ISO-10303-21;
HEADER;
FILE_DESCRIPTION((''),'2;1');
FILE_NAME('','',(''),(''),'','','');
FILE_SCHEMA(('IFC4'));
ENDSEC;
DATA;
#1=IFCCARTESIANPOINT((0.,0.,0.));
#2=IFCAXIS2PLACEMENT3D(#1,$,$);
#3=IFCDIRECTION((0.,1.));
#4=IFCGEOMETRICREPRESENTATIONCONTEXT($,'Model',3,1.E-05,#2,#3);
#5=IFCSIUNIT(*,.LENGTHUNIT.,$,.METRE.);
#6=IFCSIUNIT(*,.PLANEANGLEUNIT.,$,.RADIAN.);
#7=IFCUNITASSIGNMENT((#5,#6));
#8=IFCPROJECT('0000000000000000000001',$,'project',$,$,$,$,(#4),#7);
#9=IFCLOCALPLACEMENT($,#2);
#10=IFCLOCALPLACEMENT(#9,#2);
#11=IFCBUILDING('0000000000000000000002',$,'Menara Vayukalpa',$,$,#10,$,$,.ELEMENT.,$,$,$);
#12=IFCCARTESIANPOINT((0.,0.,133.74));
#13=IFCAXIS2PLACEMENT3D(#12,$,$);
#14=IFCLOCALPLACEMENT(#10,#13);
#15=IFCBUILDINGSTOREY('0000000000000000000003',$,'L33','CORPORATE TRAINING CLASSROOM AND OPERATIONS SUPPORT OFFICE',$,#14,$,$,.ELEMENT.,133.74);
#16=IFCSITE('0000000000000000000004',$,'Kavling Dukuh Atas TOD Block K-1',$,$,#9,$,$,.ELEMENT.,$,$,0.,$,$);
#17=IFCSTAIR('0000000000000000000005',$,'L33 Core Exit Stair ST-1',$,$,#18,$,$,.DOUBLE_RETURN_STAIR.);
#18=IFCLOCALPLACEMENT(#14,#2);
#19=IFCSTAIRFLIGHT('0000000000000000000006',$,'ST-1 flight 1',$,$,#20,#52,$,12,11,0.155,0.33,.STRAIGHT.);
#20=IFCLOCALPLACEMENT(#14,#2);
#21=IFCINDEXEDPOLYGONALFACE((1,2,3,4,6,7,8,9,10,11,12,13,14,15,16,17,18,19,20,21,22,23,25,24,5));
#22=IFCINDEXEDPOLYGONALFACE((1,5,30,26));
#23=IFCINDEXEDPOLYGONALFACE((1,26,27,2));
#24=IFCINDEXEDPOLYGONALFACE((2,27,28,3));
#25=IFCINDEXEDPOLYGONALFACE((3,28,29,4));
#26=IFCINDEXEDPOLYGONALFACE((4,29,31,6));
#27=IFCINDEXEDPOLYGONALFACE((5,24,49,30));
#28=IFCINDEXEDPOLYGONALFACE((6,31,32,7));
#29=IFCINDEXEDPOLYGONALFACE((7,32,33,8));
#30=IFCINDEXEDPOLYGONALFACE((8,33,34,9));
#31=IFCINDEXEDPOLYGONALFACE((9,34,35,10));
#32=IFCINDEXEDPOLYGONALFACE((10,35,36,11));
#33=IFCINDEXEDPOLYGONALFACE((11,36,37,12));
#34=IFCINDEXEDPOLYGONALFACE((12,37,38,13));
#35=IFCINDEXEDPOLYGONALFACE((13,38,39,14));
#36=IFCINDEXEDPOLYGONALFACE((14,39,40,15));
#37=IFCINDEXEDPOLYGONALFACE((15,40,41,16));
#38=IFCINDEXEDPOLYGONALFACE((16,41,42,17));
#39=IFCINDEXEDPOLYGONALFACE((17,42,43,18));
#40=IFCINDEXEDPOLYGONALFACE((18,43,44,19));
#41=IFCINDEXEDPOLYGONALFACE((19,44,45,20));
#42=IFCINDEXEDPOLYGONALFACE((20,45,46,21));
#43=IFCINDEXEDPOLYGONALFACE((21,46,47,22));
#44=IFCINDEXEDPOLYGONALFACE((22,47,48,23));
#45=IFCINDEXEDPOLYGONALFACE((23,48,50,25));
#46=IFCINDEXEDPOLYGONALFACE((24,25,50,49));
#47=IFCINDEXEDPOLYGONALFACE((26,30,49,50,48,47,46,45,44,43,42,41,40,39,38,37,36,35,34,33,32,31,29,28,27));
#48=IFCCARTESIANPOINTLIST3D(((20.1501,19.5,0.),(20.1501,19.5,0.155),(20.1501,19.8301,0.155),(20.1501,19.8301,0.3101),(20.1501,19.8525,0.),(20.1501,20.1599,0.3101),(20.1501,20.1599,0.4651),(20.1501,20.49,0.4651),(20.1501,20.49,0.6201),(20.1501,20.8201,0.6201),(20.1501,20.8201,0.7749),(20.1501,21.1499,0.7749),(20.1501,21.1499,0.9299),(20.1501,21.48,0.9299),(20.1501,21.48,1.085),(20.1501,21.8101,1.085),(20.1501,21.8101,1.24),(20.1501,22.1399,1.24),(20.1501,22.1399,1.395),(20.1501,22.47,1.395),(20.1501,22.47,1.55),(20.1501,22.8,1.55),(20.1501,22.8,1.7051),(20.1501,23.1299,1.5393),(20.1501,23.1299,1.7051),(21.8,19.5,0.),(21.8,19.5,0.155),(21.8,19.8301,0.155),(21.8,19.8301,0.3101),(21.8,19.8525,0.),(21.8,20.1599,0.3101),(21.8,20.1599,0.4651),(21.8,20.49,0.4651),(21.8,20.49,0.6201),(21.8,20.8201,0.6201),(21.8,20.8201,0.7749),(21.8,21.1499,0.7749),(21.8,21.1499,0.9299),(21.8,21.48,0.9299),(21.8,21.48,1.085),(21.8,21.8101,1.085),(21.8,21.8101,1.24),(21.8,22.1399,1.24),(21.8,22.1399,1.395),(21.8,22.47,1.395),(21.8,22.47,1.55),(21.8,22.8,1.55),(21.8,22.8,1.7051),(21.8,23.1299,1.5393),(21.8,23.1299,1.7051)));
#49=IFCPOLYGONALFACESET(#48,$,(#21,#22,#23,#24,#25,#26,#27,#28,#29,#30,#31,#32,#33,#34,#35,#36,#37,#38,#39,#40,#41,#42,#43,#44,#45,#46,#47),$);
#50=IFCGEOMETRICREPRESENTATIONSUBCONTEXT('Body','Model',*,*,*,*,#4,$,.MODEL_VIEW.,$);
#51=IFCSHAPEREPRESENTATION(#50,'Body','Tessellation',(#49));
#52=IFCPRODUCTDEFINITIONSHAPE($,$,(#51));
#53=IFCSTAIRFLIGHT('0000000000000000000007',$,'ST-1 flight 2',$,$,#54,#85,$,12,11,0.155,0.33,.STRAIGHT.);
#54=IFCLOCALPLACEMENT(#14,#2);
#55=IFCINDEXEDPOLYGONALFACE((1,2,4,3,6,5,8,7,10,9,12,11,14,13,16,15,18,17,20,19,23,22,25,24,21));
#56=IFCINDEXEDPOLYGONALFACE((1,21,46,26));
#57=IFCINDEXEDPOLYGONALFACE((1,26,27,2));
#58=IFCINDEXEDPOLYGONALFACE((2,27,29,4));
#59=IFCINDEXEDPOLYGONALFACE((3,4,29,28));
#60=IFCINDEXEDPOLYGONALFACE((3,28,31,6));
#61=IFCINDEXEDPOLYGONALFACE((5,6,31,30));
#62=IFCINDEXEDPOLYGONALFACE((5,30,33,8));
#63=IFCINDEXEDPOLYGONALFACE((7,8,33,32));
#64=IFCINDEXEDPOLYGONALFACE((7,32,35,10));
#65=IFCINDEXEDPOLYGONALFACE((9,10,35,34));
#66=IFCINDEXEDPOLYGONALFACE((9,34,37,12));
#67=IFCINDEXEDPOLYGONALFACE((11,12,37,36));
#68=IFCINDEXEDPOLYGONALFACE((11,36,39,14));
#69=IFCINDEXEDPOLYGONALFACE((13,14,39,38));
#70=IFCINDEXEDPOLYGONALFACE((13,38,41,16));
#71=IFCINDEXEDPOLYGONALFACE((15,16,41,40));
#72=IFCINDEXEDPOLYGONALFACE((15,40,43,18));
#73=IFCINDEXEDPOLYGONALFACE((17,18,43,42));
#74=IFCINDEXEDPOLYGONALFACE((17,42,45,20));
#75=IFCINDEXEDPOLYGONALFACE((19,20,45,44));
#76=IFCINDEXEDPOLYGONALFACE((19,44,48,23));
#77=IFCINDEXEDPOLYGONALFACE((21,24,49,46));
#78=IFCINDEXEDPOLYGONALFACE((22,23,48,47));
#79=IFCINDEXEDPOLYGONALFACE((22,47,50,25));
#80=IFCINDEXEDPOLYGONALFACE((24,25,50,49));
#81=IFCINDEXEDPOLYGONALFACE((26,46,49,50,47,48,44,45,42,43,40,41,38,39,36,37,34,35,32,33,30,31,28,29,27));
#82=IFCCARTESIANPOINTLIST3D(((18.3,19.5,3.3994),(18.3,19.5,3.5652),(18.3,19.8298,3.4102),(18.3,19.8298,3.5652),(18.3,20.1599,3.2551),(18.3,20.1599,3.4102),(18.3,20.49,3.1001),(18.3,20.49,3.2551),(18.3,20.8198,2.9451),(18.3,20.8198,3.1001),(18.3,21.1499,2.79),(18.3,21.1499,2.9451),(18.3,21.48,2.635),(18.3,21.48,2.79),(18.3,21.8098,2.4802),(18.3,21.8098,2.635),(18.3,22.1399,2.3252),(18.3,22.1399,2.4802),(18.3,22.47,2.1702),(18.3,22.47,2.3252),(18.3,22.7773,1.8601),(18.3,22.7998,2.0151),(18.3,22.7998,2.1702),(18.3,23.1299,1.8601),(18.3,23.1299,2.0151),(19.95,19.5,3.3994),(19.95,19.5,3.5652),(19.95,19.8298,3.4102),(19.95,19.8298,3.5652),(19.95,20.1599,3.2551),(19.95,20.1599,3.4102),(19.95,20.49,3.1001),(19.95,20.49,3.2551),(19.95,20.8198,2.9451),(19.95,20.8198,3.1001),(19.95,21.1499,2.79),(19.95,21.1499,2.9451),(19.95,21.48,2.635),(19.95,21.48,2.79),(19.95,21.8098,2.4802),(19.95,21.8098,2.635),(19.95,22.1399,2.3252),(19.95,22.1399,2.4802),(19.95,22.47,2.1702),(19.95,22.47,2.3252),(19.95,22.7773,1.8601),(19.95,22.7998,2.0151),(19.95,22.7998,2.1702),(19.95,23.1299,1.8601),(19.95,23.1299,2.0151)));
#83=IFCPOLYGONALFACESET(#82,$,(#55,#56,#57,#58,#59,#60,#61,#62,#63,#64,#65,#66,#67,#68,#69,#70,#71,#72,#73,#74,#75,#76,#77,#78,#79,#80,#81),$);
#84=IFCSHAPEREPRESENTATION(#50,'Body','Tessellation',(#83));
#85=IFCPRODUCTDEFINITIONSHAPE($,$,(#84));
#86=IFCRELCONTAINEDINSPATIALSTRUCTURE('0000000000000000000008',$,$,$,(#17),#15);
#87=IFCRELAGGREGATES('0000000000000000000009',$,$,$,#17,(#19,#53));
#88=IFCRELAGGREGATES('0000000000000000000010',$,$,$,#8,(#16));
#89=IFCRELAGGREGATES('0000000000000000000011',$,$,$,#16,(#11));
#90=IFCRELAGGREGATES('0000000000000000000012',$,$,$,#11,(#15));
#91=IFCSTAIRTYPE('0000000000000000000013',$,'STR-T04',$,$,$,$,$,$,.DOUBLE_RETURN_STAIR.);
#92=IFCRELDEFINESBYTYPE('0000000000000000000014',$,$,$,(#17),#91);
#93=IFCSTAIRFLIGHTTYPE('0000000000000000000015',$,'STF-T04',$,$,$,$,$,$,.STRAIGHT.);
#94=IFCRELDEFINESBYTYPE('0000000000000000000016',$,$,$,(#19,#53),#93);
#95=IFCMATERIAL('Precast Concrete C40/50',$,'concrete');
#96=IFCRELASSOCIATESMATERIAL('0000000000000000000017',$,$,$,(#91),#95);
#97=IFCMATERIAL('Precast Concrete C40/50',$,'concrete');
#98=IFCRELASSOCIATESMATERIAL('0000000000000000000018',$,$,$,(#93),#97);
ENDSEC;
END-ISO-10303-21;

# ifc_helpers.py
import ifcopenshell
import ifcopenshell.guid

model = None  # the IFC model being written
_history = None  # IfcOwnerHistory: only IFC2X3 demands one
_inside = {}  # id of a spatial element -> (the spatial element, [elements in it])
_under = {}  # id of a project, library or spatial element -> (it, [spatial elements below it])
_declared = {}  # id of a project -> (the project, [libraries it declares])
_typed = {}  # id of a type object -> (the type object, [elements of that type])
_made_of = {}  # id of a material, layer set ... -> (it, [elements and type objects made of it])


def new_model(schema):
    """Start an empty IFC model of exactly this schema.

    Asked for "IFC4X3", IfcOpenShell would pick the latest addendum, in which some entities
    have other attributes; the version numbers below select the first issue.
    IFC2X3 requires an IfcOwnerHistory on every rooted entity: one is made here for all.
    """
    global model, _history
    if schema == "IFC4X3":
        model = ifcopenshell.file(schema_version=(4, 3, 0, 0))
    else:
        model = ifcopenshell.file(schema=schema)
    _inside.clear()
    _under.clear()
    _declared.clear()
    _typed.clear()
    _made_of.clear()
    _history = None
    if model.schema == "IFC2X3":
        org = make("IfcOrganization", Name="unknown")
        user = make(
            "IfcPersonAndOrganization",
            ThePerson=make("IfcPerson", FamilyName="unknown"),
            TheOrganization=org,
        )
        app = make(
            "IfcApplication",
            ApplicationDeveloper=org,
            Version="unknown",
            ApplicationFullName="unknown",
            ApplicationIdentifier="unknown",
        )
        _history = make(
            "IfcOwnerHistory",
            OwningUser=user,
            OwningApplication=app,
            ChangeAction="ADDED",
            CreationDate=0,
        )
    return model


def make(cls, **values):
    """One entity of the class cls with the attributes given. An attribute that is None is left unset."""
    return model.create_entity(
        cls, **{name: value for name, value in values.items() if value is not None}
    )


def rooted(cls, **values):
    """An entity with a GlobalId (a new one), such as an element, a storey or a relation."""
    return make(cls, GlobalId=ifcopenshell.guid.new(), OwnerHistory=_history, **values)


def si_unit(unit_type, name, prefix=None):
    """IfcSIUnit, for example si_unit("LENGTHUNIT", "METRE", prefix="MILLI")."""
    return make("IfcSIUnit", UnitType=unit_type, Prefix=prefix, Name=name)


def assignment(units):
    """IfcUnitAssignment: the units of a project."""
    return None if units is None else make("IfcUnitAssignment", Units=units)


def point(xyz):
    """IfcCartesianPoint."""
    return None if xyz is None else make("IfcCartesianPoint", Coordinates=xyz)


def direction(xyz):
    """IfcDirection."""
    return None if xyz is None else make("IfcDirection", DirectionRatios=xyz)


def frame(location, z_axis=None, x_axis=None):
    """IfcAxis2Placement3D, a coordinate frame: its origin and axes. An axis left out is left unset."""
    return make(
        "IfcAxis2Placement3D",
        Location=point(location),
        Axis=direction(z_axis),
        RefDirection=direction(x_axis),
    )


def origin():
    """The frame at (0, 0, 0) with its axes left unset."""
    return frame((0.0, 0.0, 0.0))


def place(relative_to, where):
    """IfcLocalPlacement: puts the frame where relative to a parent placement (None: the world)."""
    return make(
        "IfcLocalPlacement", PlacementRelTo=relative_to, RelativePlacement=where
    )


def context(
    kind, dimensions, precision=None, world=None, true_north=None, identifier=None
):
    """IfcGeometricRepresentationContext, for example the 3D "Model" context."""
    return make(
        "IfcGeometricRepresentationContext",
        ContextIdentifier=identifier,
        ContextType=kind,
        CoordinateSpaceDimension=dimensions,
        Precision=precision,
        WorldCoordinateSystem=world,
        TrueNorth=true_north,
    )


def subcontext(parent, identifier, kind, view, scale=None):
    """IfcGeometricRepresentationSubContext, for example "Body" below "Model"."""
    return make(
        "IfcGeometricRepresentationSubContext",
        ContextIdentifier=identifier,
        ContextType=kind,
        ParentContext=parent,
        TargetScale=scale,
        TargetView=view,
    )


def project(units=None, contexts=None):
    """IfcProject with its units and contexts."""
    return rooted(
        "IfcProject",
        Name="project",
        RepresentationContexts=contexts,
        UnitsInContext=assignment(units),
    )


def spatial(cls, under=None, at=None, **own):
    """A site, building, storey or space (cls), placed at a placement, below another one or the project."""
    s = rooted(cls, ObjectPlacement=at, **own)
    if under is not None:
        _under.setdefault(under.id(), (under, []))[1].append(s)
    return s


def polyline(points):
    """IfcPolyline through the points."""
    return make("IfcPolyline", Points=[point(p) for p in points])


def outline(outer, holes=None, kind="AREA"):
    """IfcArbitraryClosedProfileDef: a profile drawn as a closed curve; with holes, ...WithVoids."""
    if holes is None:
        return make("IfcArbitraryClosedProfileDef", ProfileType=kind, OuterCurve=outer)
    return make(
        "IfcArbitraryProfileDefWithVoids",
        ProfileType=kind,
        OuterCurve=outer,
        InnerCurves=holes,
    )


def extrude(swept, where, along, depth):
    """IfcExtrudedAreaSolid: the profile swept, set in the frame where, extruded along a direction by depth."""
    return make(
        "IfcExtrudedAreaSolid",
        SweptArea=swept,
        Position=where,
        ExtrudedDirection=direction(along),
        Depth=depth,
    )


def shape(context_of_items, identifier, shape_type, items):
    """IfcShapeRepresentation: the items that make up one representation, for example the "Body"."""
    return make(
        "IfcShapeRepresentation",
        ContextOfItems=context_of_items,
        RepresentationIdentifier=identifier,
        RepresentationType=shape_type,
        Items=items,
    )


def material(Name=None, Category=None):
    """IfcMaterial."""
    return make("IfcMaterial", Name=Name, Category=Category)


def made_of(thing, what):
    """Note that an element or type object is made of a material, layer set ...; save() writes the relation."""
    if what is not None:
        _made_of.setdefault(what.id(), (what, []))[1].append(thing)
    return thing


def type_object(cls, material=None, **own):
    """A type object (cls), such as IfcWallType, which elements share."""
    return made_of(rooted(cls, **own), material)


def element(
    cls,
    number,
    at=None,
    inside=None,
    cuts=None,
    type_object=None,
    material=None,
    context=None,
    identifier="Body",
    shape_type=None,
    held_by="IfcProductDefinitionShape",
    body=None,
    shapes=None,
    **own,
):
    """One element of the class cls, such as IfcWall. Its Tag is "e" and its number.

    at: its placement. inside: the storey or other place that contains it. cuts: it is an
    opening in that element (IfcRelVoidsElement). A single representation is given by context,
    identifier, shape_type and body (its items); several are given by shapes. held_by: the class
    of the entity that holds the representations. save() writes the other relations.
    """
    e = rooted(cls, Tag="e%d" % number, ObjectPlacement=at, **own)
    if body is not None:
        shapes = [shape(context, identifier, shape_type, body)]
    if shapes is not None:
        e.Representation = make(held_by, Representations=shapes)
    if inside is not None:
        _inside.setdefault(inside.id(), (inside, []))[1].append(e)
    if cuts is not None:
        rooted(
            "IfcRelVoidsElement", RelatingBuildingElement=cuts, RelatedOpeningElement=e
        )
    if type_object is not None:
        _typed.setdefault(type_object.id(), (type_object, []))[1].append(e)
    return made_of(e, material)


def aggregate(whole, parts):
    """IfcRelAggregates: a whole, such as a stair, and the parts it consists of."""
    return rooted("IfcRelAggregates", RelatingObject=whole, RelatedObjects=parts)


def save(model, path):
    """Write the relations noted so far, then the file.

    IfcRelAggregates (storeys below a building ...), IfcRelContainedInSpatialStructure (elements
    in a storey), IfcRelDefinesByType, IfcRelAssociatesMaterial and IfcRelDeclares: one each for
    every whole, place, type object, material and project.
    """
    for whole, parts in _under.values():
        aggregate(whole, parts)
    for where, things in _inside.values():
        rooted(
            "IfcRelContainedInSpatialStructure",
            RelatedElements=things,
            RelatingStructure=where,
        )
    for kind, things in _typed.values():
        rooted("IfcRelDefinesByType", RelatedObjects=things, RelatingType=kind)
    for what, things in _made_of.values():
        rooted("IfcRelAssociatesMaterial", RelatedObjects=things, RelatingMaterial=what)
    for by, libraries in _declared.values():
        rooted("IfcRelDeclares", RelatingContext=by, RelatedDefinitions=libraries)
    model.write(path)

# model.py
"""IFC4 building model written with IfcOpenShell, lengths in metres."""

from ifc_helpers import new_model, si_unit, direction, frame, origin, place, context, subcontext, project, spatial, polyline, outline, extrude, material, type_object, element, aggregate, save


model = new_model("IFC4")

# Units and contexts
model_context = context("Model", 3, precision=1e-05, world=origin(), true_north=direction((0.0, 1.0)))
body_context = subcontext(model_context, "Body", "Model", "MODEL_VIEW")
ifc_project = project(units=[si_unit("LENGTHUNIT", "METRE"), si_unit("PLANEANGLEUNIT", "RADIAN")], contexts=[model_context])

# Site, building, storey
site_placement = place(None, origin())
site = spatial("IfcSite", under=ifc_project, at=site_placement, Name="Kavling Dukuh Atas TOD Block K-1", CompositionType="ELEMENT", RefElevation=0.0)
building_placement = place(site_placement, origin())
building = spatial("IfcBuilding", under=site, at=building_placement, Name="Menara Vayukalpa", CompositionType="ELEMENT")
storey_placement = place(building_placement, frame((0.0, 0.0, 133.74)))
storey = spatial("IfcBuildingStorey", under=building, at=storey_placement, Name="L33", Description="CORPORATE TRAINING CLASSROOM AND OPERATIONS SUPPORT OFFICE", CompositionType="ELEMENT", Elevation=133.74)

# Stair, stair flights
ifc_material_1 = material(Name="Precast Concrete C40/50", Category="concrete")
stair_type = type_object("IfcStairType", Name="STR-T04", PredefinedType="DOUBLE_RETURN_STAIR", material=ifc_material_1)
stair_placement = place(storey_placement, origin())
stair = element("IfcStair", 1, at=stair_placement, inside=storey, type_object=stair_type, Name="L33 Core Exit Stair ST-1", PredefinedType="DOUBLE_RETURN_STAIR")
ifc_material_2 = material(Name="Precast Concrete C40/50", Category="concrete")
stair_flight_type = type_object("IfcStairFlightType", Name="STF-T04", PredefinedType="STRAIGHT", material=ifc_material_2)
stair_flight_1_placement = place(storey_placement, frame((20.9751, 19.5, 0.0), z_axis=(0.0, 0.0, 1.0), x_axis=(0.0, 1.0, 0.0)))
stair_flight_1 = element("IfcStairFlight", 2, at=stair_flight_1_placement, type_object=stair_flight_type, Name="ST-1 flight 1", NumberOfRisers=12, NumberOfTreads=11, PredefinedType="STRAIGHT", RiserHeight=0.155, TreadLength=0.33, context=body_context, shape_type="SweptSolid", body=[
    extrude(outline(polyline([(0.0, 0.0), (0.0, 0.155), (0.3301, 0.155), (0.3301, 0.3101), (0.6599, 0.3101), (0.6599, 0.4651), (0.99, 0.4651), (0.99, 0.6201), (1.3201, 0.6201), (1.3201, 0.7749), (1.6499, 0.7749), (1.6499, 0.9299), (1.98, 0.9299), (1.98, 1.085), (2.3101, 1.085), (2.3101, 1.24), (2.6399, 1.24), (2.6399, 1.395), (2.97, 1.395), (2.97, 1.55), (3.3, 1.55), (3.3, 1.7051), (3.6299, 1.7051), (3.6299, 1.8601), (3.6299, 1.5393), (0.3525, 0.0), (0.0, 0.0)])), frame((0.0, 0.825, 0.0), z_axis=(0.0, -1.0, 0.0), x_axis=(1.0, 0.0, 0.0)), (0.0, 0.0, 1.0), 1.6499),
])
stair_flight_2_placement = place(storey_placement, frame((19.125, 23.1299, 1.8601), z_axis=(0.0, 0.0, 1.0), x_axis=(0.0, -1.0, 0.0)))
stair_flight_2 = element("IfcStairFlight", 3, at=stair_flight_2_placement, type_object=stair_flight_type, Name="ST-1 flight 2", NumberOfRisers=12, NumberOfTreads=11, PredefinedType="STRAIGHT", RiserHeight=0.155, TreadLength=0.33, context=body_context, shape_type="SweptSolid", body=[
    extrude(outline(polyline([(0.0, 0.0), (0.0, 0.155), (0.3301, 0.155), (0.3301, 0.3101), (0.6599, 0.3101), (0.6599, 0.4651), (0.99, 0.4651), (0.99, 0.6201), (1.3201, 0.6201), (1.3201, 0.7749), (1.6499, 0.7749), (1.6499, 0.9299), (1.98, 0.9299), (1.98, 1.085), (2.3101, 1.085), (2.3101, 1.24), (2.6399, 1.24), (2.6399, 1.395), (2.97, 1.395), (2.97, 1.55), (3.3, 1.55), (3.3, 1.7051), (3.6299, 1.7051), (3.6299, 1.8601), (3.6299, 1.5393), (0.3525, 0.0), (0.0, 0.0)])), frame((0.0, 0.825, 0.0), z_axis=(0.0, -1.0, 0.0), x_axis=(1.0, 0.0, 0.0)), (0.0, 0.0, 1.0), 1.6499),
])
aggregate(stair, [stair_flight_1, stair_flight_2])

save(model, "model.ifc")
